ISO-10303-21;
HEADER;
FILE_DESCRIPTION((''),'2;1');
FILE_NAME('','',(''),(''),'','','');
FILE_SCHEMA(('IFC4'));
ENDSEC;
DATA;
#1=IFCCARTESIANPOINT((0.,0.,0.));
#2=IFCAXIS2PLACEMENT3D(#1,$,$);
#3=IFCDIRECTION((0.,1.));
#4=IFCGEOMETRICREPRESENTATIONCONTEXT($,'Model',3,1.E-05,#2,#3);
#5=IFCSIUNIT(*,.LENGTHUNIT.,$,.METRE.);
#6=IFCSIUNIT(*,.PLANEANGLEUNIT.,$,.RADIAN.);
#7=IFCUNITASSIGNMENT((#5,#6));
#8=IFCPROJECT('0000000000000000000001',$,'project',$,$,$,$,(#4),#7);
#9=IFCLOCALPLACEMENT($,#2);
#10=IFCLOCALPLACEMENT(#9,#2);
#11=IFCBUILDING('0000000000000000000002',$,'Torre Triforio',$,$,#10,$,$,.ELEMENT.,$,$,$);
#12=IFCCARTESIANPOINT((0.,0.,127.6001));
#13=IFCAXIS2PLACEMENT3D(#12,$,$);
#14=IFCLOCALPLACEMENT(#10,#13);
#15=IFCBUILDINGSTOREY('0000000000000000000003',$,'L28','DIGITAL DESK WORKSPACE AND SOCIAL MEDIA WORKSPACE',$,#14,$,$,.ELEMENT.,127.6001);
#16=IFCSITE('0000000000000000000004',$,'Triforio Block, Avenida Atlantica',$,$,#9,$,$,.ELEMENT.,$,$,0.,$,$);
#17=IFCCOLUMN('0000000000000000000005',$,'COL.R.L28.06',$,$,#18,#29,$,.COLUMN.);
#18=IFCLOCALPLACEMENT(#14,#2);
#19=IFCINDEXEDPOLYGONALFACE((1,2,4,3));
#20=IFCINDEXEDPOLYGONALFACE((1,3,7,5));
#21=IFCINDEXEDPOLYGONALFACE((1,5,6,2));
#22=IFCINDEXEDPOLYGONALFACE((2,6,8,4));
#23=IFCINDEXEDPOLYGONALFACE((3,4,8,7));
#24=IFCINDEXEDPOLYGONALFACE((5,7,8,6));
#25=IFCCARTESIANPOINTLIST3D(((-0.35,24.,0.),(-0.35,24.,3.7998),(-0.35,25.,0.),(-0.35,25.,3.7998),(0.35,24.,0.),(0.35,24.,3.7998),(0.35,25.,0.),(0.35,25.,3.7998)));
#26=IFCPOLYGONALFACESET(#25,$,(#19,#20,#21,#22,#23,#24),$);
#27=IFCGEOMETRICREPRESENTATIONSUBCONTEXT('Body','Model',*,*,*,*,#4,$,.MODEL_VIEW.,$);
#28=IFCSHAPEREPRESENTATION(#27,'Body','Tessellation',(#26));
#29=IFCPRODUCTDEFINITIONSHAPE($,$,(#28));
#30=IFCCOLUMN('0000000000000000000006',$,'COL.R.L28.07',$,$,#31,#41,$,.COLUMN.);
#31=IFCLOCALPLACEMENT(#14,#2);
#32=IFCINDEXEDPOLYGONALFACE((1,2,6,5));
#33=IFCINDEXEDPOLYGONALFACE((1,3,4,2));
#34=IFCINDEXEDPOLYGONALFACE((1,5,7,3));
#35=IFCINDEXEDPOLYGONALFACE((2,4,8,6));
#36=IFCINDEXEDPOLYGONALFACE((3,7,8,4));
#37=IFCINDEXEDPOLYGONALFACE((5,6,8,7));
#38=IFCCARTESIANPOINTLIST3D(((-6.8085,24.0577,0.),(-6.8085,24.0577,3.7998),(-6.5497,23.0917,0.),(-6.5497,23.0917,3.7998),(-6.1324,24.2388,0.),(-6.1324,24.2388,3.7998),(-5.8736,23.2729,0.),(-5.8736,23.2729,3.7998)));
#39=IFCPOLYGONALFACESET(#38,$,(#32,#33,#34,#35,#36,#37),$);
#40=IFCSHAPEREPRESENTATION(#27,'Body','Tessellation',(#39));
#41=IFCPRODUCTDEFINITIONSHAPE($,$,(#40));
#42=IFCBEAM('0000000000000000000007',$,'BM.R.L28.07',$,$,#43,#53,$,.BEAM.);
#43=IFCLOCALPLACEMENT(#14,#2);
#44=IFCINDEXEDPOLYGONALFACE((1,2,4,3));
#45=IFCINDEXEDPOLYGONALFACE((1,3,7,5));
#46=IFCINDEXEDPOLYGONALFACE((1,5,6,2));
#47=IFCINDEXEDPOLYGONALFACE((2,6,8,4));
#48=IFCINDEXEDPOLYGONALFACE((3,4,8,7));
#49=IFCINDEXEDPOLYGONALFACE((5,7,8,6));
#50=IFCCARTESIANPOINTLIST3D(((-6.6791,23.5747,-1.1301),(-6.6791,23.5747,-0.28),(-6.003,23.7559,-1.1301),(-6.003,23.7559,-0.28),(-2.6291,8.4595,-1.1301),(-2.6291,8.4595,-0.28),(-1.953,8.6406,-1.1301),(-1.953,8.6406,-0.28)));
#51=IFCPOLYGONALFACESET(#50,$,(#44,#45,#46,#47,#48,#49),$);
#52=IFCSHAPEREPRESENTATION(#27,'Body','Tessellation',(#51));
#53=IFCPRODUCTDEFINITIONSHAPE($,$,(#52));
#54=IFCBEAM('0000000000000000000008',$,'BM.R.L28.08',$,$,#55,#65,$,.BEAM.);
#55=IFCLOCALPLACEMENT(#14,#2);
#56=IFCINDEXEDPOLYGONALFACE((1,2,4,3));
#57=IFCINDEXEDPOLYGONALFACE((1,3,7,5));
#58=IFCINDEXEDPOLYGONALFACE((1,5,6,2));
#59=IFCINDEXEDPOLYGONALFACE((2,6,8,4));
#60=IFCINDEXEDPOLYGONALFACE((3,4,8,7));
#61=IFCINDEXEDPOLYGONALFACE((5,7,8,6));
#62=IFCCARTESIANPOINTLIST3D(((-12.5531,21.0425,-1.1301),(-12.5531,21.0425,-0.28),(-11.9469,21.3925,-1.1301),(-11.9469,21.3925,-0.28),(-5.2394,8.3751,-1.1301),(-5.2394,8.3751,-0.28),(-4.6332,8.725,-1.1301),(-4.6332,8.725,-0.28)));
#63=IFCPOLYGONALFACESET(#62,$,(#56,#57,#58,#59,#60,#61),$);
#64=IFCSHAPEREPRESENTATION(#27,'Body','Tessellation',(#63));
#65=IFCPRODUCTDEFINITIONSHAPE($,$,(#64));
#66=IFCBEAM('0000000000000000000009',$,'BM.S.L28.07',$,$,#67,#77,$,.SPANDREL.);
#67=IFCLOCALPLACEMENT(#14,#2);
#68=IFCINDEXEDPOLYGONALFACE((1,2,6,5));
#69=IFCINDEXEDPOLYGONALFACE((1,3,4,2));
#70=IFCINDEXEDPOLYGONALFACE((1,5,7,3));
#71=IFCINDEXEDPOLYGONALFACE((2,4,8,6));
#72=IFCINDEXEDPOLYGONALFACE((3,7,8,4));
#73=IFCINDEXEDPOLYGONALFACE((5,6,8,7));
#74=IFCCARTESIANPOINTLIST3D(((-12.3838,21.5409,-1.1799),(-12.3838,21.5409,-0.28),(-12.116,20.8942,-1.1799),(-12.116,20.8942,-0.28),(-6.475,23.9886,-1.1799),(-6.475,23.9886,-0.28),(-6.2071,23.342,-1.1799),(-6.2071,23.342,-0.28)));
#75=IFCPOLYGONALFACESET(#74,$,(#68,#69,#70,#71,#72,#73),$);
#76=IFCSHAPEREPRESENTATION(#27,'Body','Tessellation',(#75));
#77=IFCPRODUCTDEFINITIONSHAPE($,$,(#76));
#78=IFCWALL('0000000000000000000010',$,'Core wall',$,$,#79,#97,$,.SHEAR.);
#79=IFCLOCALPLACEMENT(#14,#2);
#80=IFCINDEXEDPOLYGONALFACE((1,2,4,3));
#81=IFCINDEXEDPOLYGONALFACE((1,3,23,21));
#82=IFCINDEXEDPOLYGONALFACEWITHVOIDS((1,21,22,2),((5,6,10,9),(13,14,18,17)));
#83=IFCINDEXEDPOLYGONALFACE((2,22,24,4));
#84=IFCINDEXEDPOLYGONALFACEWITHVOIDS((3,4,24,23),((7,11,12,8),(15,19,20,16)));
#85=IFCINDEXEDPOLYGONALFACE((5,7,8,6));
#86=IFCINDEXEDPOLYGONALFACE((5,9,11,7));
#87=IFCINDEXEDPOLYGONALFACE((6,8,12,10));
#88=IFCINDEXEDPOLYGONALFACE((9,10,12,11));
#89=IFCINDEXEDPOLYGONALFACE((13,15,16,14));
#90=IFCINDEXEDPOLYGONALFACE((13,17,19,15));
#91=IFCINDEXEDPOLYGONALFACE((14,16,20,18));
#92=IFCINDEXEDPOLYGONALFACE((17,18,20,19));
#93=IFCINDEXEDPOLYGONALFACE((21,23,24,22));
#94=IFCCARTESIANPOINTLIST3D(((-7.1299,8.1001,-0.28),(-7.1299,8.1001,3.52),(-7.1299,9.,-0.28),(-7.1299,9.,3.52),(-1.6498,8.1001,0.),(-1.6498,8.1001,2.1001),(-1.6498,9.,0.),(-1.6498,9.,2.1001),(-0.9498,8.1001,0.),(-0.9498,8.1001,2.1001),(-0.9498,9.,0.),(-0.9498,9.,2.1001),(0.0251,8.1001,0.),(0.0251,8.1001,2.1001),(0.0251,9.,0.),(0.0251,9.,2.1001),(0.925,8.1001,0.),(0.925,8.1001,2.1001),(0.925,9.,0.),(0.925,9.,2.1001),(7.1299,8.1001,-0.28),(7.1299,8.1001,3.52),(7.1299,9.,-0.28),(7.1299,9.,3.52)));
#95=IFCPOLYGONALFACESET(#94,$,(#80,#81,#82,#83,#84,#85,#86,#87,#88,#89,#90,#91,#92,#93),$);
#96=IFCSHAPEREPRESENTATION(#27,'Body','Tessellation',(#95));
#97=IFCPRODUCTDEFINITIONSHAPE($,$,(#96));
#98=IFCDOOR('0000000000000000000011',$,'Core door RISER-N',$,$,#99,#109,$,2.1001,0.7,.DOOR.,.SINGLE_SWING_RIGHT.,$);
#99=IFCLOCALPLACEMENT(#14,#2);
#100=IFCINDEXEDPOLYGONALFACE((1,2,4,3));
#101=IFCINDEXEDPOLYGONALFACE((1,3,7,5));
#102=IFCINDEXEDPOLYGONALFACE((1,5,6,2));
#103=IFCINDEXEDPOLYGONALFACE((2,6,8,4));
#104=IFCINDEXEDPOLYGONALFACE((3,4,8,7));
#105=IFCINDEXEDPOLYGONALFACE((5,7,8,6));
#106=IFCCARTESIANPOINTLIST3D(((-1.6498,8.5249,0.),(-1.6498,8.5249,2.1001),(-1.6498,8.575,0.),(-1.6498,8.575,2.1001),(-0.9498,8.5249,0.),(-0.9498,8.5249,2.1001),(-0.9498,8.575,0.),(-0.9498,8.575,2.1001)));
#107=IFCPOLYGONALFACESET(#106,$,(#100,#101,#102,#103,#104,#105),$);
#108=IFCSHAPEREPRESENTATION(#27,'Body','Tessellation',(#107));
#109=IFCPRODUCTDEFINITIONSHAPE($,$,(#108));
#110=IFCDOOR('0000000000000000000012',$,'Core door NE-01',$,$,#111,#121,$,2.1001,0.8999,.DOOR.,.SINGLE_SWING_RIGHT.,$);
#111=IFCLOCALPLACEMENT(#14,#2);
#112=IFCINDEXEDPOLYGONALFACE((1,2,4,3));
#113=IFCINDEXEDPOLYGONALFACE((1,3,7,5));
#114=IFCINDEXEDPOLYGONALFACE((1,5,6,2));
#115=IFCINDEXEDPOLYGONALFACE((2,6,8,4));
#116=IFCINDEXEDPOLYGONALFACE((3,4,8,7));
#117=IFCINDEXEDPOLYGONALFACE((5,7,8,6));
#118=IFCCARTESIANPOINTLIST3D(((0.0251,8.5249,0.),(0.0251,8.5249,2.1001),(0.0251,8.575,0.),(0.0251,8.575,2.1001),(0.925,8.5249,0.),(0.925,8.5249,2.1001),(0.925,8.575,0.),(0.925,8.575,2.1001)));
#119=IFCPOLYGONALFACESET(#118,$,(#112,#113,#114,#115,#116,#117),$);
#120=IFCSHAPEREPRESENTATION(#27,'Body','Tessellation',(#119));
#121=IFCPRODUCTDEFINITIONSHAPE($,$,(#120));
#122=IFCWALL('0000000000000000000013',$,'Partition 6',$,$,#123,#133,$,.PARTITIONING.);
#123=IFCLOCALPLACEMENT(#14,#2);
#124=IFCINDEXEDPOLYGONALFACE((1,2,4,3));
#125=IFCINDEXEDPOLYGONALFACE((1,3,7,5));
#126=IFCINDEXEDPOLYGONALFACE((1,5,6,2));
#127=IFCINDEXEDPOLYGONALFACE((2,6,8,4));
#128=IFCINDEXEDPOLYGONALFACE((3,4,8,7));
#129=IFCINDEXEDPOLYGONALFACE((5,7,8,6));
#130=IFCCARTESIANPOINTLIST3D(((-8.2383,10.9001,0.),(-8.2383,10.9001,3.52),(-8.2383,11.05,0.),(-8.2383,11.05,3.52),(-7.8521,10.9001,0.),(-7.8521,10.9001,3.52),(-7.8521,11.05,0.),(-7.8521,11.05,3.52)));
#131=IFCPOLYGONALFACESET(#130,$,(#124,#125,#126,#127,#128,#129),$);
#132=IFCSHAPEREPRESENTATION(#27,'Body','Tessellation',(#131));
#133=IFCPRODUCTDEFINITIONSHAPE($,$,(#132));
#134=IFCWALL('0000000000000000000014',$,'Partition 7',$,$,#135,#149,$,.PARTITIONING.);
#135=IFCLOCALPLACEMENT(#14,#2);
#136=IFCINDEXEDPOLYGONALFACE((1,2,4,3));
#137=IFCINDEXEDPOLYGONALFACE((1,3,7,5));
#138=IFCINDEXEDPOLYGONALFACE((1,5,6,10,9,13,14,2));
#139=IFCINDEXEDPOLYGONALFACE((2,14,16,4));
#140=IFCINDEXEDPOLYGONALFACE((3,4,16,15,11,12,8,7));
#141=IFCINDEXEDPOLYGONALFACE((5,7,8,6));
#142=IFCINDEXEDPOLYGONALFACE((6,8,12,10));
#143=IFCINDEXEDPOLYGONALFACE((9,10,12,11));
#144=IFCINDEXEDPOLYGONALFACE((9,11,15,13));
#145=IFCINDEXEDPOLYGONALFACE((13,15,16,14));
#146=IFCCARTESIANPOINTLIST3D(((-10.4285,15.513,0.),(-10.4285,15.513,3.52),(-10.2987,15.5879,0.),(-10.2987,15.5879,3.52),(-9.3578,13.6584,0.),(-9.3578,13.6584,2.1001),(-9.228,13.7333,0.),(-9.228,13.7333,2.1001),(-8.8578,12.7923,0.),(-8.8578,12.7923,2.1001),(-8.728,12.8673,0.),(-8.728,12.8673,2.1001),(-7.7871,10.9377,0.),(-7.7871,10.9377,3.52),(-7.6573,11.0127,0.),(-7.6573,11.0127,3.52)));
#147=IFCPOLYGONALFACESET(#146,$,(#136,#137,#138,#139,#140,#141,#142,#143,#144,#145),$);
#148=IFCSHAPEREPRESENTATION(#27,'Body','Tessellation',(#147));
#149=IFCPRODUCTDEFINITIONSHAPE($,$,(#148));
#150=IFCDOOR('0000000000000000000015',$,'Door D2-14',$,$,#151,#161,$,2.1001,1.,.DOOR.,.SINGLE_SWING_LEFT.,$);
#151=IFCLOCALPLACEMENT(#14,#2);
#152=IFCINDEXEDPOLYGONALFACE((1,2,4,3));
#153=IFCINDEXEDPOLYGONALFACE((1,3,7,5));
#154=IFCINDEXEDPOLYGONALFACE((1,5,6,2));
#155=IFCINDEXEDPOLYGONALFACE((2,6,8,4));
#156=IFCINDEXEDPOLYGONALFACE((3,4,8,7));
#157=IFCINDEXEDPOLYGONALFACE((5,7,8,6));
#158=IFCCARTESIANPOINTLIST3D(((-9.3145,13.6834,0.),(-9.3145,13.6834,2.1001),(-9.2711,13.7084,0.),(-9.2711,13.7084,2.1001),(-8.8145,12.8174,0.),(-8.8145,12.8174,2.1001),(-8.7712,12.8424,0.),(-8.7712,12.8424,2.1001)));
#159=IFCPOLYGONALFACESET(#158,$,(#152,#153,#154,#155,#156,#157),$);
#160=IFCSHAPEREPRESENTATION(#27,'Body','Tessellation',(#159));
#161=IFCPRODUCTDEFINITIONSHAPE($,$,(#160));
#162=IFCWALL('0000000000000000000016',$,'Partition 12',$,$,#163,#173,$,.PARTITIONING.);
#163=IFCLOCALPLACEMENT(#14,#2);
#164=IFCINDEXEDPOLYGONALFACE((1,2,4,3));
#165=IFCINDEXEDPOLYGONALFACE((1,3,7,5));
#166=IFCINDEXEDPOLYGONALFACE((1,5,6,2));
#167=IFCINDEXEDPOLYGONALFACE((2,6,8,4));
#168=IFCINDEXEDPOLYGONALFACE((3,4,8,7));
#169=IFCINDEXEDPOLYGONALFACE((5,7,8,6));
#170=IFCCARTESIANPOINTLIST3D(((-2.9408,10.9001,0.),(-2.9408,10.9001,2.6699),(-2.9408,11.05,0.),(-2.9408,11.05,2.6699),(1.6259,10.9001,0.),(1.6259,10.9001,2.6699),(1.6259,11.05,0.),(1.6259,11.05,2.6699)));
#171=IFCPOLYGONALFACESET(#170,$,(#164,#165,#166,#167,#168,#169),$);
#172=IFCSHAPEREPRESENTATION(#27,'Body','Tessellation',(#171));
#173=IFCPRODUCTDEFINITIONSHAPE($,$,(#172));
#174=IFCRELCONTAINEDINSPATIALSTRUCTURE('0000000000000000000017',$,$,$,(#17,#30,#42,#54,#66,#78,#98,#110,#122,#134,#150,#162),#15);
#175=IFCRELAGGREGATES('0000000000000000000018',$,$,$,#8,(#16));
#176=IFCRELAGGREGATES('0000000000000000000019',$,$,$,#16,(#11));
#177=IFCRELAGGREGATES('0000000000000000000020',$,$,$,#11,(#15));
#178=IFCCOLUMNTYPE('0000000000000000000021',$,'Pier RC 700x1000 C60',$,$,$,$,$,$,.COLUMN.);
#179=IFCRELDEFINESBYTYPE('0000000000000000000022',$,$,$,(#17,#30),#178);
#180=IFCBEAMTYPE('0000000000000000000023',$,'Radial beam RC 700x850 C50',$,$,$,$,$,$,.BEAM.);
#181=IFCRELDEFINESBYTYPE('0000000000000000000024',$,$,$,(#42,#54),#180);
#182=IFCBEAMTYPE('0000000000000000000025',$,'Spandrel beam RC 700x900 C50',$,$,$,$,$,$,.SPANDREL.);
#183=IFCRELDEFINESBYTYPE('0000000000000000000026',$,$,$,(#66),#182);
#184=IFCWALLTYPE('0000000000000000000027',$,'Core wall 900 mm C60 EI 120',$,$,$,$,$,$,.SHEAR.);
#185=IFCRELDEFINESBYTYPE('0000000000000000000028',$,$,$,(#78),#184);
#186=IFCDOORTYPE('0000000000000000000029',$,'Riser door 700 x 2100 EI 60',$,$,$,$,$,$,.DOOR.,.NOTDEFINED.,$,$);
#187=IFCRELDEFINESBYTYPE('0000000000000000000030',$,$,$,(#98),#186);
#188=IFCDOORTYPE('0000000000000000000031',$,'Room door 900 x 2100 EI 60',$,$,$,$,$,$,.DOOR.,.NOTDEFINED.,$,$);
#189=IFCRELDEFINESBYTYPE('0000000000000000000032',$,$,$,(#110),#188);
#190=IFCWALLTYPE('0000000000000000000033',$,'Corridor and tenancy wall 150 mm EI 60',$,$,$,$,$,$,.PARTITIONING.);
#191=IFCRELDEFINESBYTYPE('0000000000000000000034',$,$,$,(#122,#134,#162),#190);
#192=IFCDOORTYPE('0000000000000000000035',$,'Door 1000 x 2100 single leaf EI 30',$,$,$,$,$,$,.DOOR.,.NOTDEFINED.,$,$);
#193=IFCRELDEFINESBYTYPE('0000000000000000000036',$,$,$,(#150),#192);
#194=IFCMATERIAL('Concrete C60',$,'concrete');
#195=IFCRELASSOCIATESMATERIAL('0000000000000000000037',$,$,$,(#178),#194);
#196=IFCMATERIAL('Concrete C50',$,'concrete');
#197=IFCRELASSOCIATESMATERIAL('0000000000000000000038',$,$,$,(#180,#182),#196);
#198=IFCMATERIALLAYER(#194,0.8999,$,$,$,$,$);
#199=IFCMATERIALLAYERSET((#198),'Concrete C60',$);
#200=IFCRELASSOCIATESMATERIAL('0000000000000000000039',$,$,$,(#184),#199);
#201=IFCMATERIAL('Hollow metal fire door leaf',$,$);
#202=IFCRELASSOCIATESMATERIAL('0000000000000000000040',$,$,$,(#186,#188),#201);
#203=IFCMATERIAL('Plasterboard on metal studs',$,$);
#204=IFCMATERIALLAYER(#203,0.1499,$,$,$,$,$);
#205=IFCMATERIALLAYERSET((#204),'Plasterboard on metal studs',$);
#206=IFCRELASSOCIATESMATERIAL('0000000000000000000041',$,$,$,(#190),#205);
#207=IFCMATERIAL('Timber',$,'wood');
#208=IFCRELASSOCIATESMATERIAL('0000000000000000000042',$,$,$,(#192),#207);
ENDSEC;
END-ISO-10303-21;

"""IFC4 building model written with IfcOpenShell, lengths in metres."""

from ifc_helpers import new_model, si_unit, direction, frame, frame_2d, origin, origin_2d, place, context, subcontext, project, spatial, rectangle, extrude, material, layer, layer_set, material_profile, profile_set, type_object, element, fill, save


model = new_model("IFC4")

# Units and contexts
model_context = context("Model", 3, precision=1e-05, world=origin(), true_north=direction((0.0, 1.0)))
body_context = subcontext(model_context, "Body", "Model", "MODEL_VIEW")
ifc_project = project(units=[si_unit("LENGTHUNIT", "METRE"), si_unit("PLANEANGLEUNIT", "RADIAN")], contexts=[model_context])

# Site, building, storey
site_placement = place(None, origin())
site = spatial("IfcSite", under=ifc_project, at=site_placement, Name="Triforio Block, Avenida Atlantica", CompositionType="ELEMENT", RefElevation=0.0)
building_placement = place(site_placement, origin())
building = spatial("IfcBuilding", under=site, at=building_placement, Name="Torre Triforio", CompositionType="ELEMENT")
storey_placement = place(building_placement, frame((0.0, 0.0, 127.6001)))
storey = spatial("IfcBuildingStorey", under=building, at=storey_placement, Name="L28", Description="DIGITAL DESK WORKSPACE AND SOCIAL MEDIA WORKSPACE", CompositionType="ELEMENT", Elevation=127.6001)

# Columns
ifc_material_1 = material(Name="Concrete C60", Category="concrete")
ifc_material_profile_1 = material_profile(ifc_material_1, rectangle(XDim=0.7, YDim=1.0, at=origin_2d()), Name="RC 700x1000")
ifc_profile_set_1 = profile_set([ifc_material_profile_1], Name="Concrete C60")
column_type = type_object("IfcColumnType", Name="Pier RC 700x1000 C60", PredefinedType="COLUMN", material=ifc_profile_set_1)
for number, where, z_axis, x_axis, name in (
    (1, (0.0, 24.5, 0.0), (0.0, 0.0, 1.0), (-1.0, 0.0, 0.0), "COL.R.L28.06"),
    (2, (-6.3411, 23.6653, 0.0), (0.0, 0.0, 1.0), (-0.965926, -0.258819, 0.0), "COL.R.L28.07"),
):
    element("IfcColumn", number, at=place(storey_placement, frame(where, z_axis=z_axis, x_axis=x_axis)), inside=storey, type_object=column_type, Name=name, PredefinedType="COLUMN", context=body_context, shape_type="SweptSolid", body=[
        extrude(rectangle(XDim=0.7, YDim=1.0, at=origin_2d()), origin(), (0.0, 0.0, 1.0), 3.7998),
    ])

# Beams
ifc_material_2 = material(Name="Concrete C50", Category="concrete")
ifc_material_profile_2 = material_profile(ifc_material_2, rectangle(XDim=0.7, YDim=0.8501, at=origin_2d()), Name="RC 700x850")
ifc_profile_set_2 = profile_set([ifc_material_profile_2], Name="Concrete C50")
beam_type_1 = type_object("IfcBeamType", Name="Radial beam RC 700x850 C50", PredefinedType="BEAM", material=ifc_profile_set_2)
beam_1_placement = place(storey_placement, frame((-2.291, 8.55, -0.7051), z_axis=(-0.258815, 0.965927, 0.0), x_axis=(-0.965927, -0.258815, 0.0)))
element("IfcBeam", 3, at=beam_1_placement, inside=storey, type_object=beam_type_1, Name="BM.R.L28.07", PredefinedType="BEAM", context=body_context, shape_type="SweptSolid", body=[
    extrude(rectangle(XDim=0.7, YDim=0.8501, at=origin_2d()), origin(), (0.0, 0.0, 1.0), 15.6484),
])
beam_2_placement = place(storey_placement, frame((-4.9363, 8.55, -0.7051), z_axis=(-0.500008, 0.866021, 0.0), x_axis=(-0.866021, -0.500008, 0.0)))
element("IfcBeam", 4, at=beam_2_placement, inside=storey, type_object=beam_type_1, Name="BM.R.L28.08", PredefinedType="BEAM", context=body_context, shape_type="SweptSolid", body=[
    extrude(rectangle(XDim=0.7, YDim=0.8501, at=origin_2d()), origin(), (0.0, 0.0, 1.0), 14.6272),
])
ifc_material_profile_3 = material_profile(ifc_material_2, rectangle(XDim=0.7, YDim=0.8999, at=origin_2d()), Name="RC 700x900")
ifc_profile_set_3 = profile_set([ifc_material_profile_3], Name="Concrete C50")
beam_type_2 = type_object("IfcBeamType", Name="Spandrel beam RC 700x900 C50", PredefinedType="SPANDREL", material=ifc_profile_set_3)
beam_3_placement = place(storey_placement, frame((-6.3411, 23.6653, -0.73), z_axis=(-0.923869, -0.382709, 0.0), x_axis=(0.382709, -0.923869, 0.0)))
element("IfcBeam", 5, at=beam_3_placement, inside=storey, type_object=beam_type_2, Name="BM.S.L28.07", PredefinedType="SPANDREL", context=body_context, shape_type="SweptSolid", body=[
    extrude(rectangle(XDim=0.7, YDim=0.8999, at=origin_2d()), origin(), (0.0, 0.0, 1.0), 6.3958),
])

# Wall, openings, doors
ifc_layer_1 = layer(ifc_material_1, 0.8999)
ifc_layer_set_1 = layer_set([ifc_layer_1], Name="Concrete C60")
wall_type_1 = type_object("IfcWallType", Name="Core wall 900 mm C60 EI 120", PredefinedType="SHEAR", material=ifc_layer_set_1)
wall_1_placement = place(storey_placement, frame((-7.1299, 8.55, -0.28), z_axis=(0.0, 0.0, 1.0), x_axis=(1.0, 0.0, 0.0)))
wall_1 = element("IfcWall", 6, at=wall_1_placement, inside=storey, type_object=wall_type_1, Name="Core wall", PredefinedType="SHEAR", context=body_context, shape_type="SweptSolid", body=[
    extrude(rectangle(XDim=14.2598, YDim=0.8999, at=frame_2d((7.1299, 0.0))), origin(), (0.0, 0.0, 1.0), 3.8),
])
opening_1_placement = place(wall_1_placement, frame((5.48, 0.0, 0.28)))
opening_1 = element("IfcOpeningElement", 7, at=opening_1_placement, cuts=wall_1, PredefinedType="OPENING", context=body_context, shape_type="SweptSolid", body=[
    extrude(rectangle(XDim=0.7, YDim=2.1001, at=frame_2d((0.3501, 1.05))), frame((0.0, 0.46, 0.0), z_axis=(0.0, -1.0, 0.0), x_axis=(1.0, 0.0, 0.0)), (0.0, 0.0, 1.0), 0.9199),
])
opening_2_placement = place(wall_1_placement, frame((7.155, 0.0, 0.28)))
opening_2 = element("IfcOpeningElement", 8, at=opening_2_placement, cuts=wall_1, PredefinedType="OPENING", context=body_context, shape_type="SweptSolid", body=[
    extrude(rectangle(XDim=0.8999, YDim=2.1001, at=frame_2d((0.45, 1.05))), frame((0.0, 0.46, 0.0), z_axis=(0.0, -1.0, 0.0), x_axis=(1.0, 0.0, 0.0)), (0.0, 0.0, 1.0), 0.9199),
])
ifc_material_3 = material(Name="Hollow metal fire door leaf")
door_type_1 = type_object("IfcDoorType", Name="Riser door 700 x 2100 EI 60", OperationType="NOTDEFINED", PredefinedType="DOOR", material=ifc_material_3)
door_1_placement = place(opening_1_placement, origin())
door_1 = element("IfcDoor", 9, at=door_1_placement, inside=storey, type_object=door_type_1, Name="Core door RISER-N", OperationType="SINGLE_SWING_RIGHT", OverallHeight=2.1001, OverallWidth=0.7, PredefinedType="DOOR", context=body_context, shape_type="SweptSolid", body=[
    extrude(rectangle(XDim=0.7, YDim=2.1001, at=frame_2d((0.3501, 1.05))), frame((0.0, 0.0249, 0.0), z_axis=(0.0, -1.0, 0.0), x_axis=(1.0, 0.0, 0.0)), (0.0, 0.0, 1.0), 0.05),
])
fill(opening_1, door_1)
door_type_2 = type_object("IfcDoorType", Name="Room door 900 x 2100 EI 60", OperationType="NOTDEFINED", PredefinedType="DOOR", material=ifc_material_3)
door_2_placement = place(opening_2_placement, origin())
door_2 = element("IfcDoor", 10, at=door_2_placement, inside=storey, type_object=door_type_2, Name="Core door NE-01", OperationType="SINGLE_SWING_RIGHT", OverallHeight=2.1001, OverallWidth=0.8999, PredefinedType="DOOR", context=body_context, shape_type="SweptSolid", body=[
    extrude(rectangle(XDim=0.8999, YDim=2.1001, at=frame_2d((0.45, 1.05))), frame((0.0, 0.0249, 0.0), z_axis=(0.0, -1.0, 0.0), x_axis=(1.0, 0.0, 0.0)), (0.0, 0.0, 1.0), 0.05),
])
fill(opening_2, door_2)

# Wall
ifc_material_4 = material(Name="Plasterboard on metal studs")
ifc_layer_2 = layer(ifc_material_4, 0.1499)
ifc_layer_set_2 = layer_set([ifc_layer_2], Name="Plasterboard on metal studs")
wall_type_2 = type_object("IfcWallType", Name="Corridor and tenancy wall 150 mm EI 60", PredefinedType="PARTITIONING", material=ifc_layer_set_2)
wall_2_placement = place(storey_placement, frame((-8.2383, 10.9751, 0.0), z_axis=(0.0, 0.0, 1.0), x_axis=(1.0, 0.0, 0.0)))
element("IfcWall", 11, at=wall_2_placement, inside=storey, type_object=wall_type_2, Name="Partition 6", PredefinedType="PARTITIONING", context=body_context, shape_type="SweptSolid", body=[
    extrude(rectangle(XDim=0.3862, YDim=0.1499, at=frame_2d((0.1931, 0.0))), origin(), (0.0, 0.0, 1.0), 3.52),
])

# Wall, opening, door
wall_3_placement = place(storey_placement, frame((-7.7222, 10.9751, 0.0), z_axis=(0.0, 0.0, 1.0), x_axis=(-0.499981, 0.866036, 0.0)))
wall_3 = element("IfcWall", 12, at=wall_3_placement, inside=storey, type_object=wall_type_2, Name="Partition 7", PredefinedType="PARTITIONING", context=body_context, shape_type="SweptSolid", body=[
    extrude(rectangle(XDim=5.283, YDim=0.1499, at=frame_2d((2.6416, 0.0))), origin(), (0.0, 0.0, 1.0), 3.52),
])
opening_3_placement = place(wall_3_placement, frame((2.1416, 0.0, 0.0)))
opening_3 = element("IfcOpeningElement", 13, at=opening_3_placement, cuts=wall_3, PredefinedType="OPENING", context=body_context, shape_type="SweptSolid", body=[
    extrude(rectangle(XDim=1.0, YDim=2.1001, at=frame_2d((0.5, 1.05))), frame((0.0, 0.085, 0.0), z_axis=(0.0, -1.0, 0.0), x_axis=(1.0, 0.0, 0.0)), (0.0, 0.0, 1.0), 0.1699),
])
ifc_material_5 = material(Name="Timber", Category="wood")
door_type_3 = type_object("IfcDoorType", Name="Door 1000 x 2100 single leaf EI 30", OperationType="NOTDEFINED", PredefinedType="DOOR", material=ifc_material_5)
door_3_placement = place(opening_3_placement, origin())
door_3 = element("IfcDoor", 14, at=door_3_placement, inside=storey, type_object=door_type_3, Name="Door D2-14", OperationType="SINGLE_SWING_LEFT", OverallHeight=2.1001, OverallWidth=1.0, PredefinedType="DOOR", context=body_context, shape_type="SweptSolid", body=[
    extrude(rectangle(XDim=1.0, YDim=2.1001, at=frame_2d((0.5, 1.05))), frame((0.0, 0.0249, 0.0), z_axis=(0.0, -1.0, 0.0), x_axis=(1.0, 0.0, 0.0)), (0.0, 0.0, 1.0), 0.05),
])
fill(opening_3, door_3)

# Wall
wall_4_placement = place(storey_placement, frame((-2.9407, 10.9751, 0.0), z_axis=(0.0, 0.0, 1.0), x_axis=(1.0, 0.0, 0.0)))
element("IfcWall", 15, at=wall_4_placement, inside=storey, type_object=wall_type_2, Name="Partition 12", PredefinedType="PARTITIONING", context=body_context, shape_type="SweptSolid", body=[
    extrude(rectangle(XDim=4.5667, YDim=0.1499, at=frame_2d((2.2832, 0.0))), origin(), (0.0, 0.0, 1.0), 2.6699),
])

save(model, "model.ifc")
